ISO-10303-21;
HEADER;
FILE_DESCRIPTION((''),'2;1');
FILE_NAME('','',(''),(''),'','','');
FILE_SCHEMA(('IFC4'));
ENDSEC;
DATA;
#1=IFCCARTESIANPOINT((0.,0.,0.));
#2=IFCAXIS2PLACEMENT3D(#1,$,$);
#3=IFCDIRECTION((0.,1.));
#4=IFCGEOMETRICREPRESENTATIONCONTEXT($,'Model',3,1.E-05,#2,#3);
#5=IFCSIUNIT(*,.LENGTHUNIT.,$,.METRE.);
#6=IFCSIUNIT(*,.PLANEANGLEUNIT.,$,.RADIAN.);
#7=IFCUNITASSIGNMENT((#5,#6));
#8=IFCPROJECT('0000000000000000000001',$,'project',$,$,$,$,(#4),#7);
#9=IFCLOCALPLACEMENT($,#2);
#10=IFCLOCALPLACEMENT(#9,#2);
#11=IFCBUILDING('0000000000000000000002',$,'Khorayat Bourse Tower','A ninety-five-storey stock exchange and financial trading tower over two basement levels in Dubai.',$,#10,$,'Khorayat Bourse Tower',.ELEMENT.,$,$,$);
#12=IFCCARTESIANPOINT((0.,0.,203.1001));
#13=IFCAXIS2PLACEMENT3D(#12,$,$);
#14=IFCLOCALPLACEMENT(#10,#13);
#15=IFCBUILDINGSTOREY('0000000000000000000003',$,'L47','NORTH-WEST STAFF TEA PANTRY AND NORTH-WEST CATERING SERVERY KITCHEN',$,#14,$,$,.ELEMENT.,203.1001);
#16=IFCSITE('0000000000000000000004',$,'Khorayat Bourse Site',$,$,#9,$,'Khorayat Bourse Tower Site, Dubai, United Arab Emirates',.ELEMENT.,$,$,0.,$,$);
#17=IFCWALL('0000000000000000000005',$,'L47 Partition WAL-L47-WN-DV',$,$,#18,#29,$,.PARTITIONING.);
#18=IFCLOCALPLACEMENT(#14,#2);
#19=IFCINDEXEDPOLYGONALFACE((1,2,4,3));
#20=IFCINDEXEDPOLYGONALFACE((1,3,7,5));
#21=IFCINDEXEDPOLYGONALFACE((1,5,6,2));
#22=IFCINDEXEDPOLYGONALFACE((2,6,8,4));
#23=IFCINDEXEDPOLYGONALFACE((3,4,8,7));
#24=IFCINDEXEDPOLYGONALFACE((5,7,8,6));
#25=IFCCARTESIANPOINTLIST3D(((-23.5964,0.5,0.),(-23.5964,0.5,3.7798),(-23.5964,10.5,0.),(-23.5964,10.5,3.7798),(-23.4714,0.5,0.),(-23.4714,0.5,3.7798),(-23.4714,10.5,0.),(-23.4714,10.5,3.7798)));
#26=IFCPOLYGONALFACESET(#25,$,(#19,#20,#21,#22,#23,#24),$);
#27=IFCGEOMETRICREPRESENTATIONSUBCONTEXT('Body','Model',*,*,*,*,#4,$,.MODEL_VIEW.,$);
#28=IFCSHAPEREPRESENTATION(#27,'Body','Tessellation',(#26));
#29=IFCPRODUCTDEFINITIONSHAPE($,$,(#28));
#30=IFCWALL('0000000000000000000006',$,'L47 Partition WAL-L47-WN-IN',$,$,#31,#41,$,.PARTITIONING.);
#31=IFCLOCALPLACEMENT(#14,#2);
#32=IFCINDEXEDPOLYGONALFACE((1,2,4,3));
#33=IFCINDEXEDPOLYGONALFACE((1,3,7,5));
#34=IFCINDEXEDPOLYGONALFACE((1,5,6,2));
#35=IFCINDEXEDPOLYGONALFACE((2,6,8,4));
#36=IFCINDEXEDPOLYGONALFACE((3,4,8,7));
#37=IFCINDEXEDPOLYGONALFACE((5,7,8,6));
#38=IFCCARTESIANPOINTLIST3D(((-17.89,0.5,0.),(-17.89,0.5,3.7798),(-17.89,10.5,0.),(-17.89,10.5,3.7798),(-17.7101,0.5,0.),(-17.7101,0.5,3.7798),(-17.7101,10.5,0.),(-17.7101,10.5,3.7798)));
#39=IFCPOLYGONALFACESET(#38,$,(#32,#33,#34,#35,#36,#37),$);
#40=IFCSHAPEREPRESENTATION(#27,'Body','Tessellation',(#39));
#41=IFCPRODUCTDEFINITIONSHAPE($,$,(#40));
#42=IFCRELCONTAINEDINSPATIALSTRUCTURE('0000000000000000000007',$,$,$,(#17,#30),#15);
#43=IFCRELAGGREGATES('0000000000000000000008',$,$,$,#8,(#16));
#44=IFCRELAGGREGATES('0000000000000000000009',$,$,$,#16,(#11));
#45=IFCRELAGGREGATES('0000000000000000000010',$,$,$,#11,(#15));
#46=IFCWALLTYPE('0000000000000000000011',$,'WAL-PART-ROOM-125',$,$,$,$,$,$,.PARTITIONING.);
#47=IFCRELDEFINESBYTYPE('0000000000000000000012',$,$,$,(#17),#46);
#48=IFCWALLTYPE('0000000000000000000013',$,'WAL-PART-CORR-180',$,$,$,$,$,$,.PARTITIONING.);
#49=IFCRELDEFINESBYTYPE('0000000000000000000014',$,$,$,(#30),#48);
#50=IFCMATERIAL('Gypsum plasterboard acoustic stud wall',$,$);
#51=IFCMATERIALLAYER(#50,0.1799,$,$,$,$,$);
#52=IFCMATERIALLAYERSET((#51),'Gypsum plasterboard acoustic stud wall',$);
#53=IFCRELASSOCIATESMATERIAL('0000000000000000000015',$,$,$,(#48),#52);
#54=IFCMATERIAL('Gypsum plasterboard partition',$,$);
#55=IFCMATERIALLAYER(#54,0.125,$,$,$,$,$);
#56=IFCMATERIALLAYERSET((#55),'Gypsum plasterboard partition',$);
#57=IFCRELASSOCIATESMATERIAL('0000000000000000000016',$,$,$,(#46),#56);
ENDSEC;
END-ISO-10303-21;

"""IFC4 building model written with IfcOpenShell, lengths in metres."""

from ifc_helpers import new_model, si_unit, direction, frame, frame_2d, origin, place, context, subcontext, project, spatial, rectangle, extrude, source, transform, mapped, material, layer, layer_set, type_object, element, save


model = new_model("IFC4")

# Units and contexts
model_context = context("Model", 3, precision=1e-05, world=origin(), true_north=direction((0.0, 1.0)))
body_context = subcontext(model_context, "Body", "Model", "MODEL_VIEW")
ifc_project = project(units=[si_unit("LENGTHUNIT", "METRE"), si_unit("PLANEANGLEUNIT", "RADIAN")], contexts=[model_context])

# Site, building, storey
site_placement = place(None, origin())
site = spatial("IfcSite", under=ifc_project, at=site_placement, Name="Khorayat Bourse Site", LongName="Khorayat Bourse Tower Site, Dubai, United Arab Emirates", CompositionType="ELEMENT", RefElevation=0.0)
building_placement = place(site_placement, origin())
building = spatial("IfcBuilding", under=site, at=building_placement, Name="Khorayat Bourse Tower", Description="A ninety-five-storey stock exchange and financial trading tower over two basement levels in Dubai.", LongName="Khorayat Bourse Tower", CompositionType="ELEMENT")
storey_placement = place(building_placement, frame((0.0, 0.0, 203.1001)))
storey = spatial("IfcBuildingStorey", under=building, at=storey_placement, Name="L47", Description="NORTH-WEST STAFF TEA PANTRY AND NORTH-WEST CATERING SERVERY KITCHEN", CompositionType="ELEMENT", Elevation=203.1001)

# Shared definitions
ifc_material_1 = material(Name="Gypsum plasterboard acoustic stud wall")
ifc_layer_1 = layer(ifc_material_1, 0.1799)
ifc_layer_set_1 = layer_set([ifc_layer_1], Name="Gypsum plasterboard acoustic stud wall")
wall_type_1 = type_object("IfcWallType", Name="WAL-PART-CORR-180", PredefinedType="PARTITIONING", material=ifc_layer_set_1)

# Walls
ifc_material_2 = material(Name="Gypsum plasterboard partition")
ifc_layer_2 = layer(ifc_material_2, 0.125)
ifc_layer_set_2 = layer_set([ifc_layer_2], Name="Gypsum plasterboard partition")
wall_type_2 = type_object("IfcWallType", Name="WAL-PART-ROOM-125", PredefinedType="PARTITIONING", material=ifc_layer_set_2)
shared_shape_1 = source(origin(), body_context, "Body", "SweptSolid", [
    extrude(rectangle(XDim=10.0, YDim=0.125, at=frame_2d((5.0, 0.0))), origin(), (0.0, 0.0, 1.0), 3.7798),
])
wall_1_placement = place(storey_placement, frame((-23.5339, 0.5, 0.0), z_axis=(0.0, 0.0, 1.0), x_axis=(0.0, 1.0, 0.0)))
element("IfcWall", 1, at=wall_1_placement, inside=storey, type_object=wall_type_2, Name="L47 Partition WAL-L47-WN-DV", PredefinedType="PARTITIONING", context=body_context, shape_type="MappedRepresentation", body=[
    mapped(shared_shape_1, transform((0.0, 0.0, 0.0), scale=1.0)),
])
shared_shape_2 = source(origin(), body_context, "Body", "SweptSolid", [
    extrude(rectangle(XDim=10.0, YDim=0.1799, at=frame_2d((5.0, 0.0))), origin(), (0.0, 0.0, 1.0), 3.7798),
])
wall_2_placement = place(storey_placement, frame((-17.8, 0.5, 0.0), z_axis=(0.0, 0.0, 1.0), x_axis=(0.0, 1.0, 0.0)))
element("IfcWall", 2, at=wall_2_placement, inside=storey, type_object=wall_type_1, Name="L47 Partition WAL-L47-WN-IN", PredefinedType="PARTITIONING", context=body_context, shape_type="MappedRepresentation", body=[
    mapped(shared_shape_2, transform((0.0, 0.0, 0.0), scale=1.0)),
])

save(model, "model.ifc")
